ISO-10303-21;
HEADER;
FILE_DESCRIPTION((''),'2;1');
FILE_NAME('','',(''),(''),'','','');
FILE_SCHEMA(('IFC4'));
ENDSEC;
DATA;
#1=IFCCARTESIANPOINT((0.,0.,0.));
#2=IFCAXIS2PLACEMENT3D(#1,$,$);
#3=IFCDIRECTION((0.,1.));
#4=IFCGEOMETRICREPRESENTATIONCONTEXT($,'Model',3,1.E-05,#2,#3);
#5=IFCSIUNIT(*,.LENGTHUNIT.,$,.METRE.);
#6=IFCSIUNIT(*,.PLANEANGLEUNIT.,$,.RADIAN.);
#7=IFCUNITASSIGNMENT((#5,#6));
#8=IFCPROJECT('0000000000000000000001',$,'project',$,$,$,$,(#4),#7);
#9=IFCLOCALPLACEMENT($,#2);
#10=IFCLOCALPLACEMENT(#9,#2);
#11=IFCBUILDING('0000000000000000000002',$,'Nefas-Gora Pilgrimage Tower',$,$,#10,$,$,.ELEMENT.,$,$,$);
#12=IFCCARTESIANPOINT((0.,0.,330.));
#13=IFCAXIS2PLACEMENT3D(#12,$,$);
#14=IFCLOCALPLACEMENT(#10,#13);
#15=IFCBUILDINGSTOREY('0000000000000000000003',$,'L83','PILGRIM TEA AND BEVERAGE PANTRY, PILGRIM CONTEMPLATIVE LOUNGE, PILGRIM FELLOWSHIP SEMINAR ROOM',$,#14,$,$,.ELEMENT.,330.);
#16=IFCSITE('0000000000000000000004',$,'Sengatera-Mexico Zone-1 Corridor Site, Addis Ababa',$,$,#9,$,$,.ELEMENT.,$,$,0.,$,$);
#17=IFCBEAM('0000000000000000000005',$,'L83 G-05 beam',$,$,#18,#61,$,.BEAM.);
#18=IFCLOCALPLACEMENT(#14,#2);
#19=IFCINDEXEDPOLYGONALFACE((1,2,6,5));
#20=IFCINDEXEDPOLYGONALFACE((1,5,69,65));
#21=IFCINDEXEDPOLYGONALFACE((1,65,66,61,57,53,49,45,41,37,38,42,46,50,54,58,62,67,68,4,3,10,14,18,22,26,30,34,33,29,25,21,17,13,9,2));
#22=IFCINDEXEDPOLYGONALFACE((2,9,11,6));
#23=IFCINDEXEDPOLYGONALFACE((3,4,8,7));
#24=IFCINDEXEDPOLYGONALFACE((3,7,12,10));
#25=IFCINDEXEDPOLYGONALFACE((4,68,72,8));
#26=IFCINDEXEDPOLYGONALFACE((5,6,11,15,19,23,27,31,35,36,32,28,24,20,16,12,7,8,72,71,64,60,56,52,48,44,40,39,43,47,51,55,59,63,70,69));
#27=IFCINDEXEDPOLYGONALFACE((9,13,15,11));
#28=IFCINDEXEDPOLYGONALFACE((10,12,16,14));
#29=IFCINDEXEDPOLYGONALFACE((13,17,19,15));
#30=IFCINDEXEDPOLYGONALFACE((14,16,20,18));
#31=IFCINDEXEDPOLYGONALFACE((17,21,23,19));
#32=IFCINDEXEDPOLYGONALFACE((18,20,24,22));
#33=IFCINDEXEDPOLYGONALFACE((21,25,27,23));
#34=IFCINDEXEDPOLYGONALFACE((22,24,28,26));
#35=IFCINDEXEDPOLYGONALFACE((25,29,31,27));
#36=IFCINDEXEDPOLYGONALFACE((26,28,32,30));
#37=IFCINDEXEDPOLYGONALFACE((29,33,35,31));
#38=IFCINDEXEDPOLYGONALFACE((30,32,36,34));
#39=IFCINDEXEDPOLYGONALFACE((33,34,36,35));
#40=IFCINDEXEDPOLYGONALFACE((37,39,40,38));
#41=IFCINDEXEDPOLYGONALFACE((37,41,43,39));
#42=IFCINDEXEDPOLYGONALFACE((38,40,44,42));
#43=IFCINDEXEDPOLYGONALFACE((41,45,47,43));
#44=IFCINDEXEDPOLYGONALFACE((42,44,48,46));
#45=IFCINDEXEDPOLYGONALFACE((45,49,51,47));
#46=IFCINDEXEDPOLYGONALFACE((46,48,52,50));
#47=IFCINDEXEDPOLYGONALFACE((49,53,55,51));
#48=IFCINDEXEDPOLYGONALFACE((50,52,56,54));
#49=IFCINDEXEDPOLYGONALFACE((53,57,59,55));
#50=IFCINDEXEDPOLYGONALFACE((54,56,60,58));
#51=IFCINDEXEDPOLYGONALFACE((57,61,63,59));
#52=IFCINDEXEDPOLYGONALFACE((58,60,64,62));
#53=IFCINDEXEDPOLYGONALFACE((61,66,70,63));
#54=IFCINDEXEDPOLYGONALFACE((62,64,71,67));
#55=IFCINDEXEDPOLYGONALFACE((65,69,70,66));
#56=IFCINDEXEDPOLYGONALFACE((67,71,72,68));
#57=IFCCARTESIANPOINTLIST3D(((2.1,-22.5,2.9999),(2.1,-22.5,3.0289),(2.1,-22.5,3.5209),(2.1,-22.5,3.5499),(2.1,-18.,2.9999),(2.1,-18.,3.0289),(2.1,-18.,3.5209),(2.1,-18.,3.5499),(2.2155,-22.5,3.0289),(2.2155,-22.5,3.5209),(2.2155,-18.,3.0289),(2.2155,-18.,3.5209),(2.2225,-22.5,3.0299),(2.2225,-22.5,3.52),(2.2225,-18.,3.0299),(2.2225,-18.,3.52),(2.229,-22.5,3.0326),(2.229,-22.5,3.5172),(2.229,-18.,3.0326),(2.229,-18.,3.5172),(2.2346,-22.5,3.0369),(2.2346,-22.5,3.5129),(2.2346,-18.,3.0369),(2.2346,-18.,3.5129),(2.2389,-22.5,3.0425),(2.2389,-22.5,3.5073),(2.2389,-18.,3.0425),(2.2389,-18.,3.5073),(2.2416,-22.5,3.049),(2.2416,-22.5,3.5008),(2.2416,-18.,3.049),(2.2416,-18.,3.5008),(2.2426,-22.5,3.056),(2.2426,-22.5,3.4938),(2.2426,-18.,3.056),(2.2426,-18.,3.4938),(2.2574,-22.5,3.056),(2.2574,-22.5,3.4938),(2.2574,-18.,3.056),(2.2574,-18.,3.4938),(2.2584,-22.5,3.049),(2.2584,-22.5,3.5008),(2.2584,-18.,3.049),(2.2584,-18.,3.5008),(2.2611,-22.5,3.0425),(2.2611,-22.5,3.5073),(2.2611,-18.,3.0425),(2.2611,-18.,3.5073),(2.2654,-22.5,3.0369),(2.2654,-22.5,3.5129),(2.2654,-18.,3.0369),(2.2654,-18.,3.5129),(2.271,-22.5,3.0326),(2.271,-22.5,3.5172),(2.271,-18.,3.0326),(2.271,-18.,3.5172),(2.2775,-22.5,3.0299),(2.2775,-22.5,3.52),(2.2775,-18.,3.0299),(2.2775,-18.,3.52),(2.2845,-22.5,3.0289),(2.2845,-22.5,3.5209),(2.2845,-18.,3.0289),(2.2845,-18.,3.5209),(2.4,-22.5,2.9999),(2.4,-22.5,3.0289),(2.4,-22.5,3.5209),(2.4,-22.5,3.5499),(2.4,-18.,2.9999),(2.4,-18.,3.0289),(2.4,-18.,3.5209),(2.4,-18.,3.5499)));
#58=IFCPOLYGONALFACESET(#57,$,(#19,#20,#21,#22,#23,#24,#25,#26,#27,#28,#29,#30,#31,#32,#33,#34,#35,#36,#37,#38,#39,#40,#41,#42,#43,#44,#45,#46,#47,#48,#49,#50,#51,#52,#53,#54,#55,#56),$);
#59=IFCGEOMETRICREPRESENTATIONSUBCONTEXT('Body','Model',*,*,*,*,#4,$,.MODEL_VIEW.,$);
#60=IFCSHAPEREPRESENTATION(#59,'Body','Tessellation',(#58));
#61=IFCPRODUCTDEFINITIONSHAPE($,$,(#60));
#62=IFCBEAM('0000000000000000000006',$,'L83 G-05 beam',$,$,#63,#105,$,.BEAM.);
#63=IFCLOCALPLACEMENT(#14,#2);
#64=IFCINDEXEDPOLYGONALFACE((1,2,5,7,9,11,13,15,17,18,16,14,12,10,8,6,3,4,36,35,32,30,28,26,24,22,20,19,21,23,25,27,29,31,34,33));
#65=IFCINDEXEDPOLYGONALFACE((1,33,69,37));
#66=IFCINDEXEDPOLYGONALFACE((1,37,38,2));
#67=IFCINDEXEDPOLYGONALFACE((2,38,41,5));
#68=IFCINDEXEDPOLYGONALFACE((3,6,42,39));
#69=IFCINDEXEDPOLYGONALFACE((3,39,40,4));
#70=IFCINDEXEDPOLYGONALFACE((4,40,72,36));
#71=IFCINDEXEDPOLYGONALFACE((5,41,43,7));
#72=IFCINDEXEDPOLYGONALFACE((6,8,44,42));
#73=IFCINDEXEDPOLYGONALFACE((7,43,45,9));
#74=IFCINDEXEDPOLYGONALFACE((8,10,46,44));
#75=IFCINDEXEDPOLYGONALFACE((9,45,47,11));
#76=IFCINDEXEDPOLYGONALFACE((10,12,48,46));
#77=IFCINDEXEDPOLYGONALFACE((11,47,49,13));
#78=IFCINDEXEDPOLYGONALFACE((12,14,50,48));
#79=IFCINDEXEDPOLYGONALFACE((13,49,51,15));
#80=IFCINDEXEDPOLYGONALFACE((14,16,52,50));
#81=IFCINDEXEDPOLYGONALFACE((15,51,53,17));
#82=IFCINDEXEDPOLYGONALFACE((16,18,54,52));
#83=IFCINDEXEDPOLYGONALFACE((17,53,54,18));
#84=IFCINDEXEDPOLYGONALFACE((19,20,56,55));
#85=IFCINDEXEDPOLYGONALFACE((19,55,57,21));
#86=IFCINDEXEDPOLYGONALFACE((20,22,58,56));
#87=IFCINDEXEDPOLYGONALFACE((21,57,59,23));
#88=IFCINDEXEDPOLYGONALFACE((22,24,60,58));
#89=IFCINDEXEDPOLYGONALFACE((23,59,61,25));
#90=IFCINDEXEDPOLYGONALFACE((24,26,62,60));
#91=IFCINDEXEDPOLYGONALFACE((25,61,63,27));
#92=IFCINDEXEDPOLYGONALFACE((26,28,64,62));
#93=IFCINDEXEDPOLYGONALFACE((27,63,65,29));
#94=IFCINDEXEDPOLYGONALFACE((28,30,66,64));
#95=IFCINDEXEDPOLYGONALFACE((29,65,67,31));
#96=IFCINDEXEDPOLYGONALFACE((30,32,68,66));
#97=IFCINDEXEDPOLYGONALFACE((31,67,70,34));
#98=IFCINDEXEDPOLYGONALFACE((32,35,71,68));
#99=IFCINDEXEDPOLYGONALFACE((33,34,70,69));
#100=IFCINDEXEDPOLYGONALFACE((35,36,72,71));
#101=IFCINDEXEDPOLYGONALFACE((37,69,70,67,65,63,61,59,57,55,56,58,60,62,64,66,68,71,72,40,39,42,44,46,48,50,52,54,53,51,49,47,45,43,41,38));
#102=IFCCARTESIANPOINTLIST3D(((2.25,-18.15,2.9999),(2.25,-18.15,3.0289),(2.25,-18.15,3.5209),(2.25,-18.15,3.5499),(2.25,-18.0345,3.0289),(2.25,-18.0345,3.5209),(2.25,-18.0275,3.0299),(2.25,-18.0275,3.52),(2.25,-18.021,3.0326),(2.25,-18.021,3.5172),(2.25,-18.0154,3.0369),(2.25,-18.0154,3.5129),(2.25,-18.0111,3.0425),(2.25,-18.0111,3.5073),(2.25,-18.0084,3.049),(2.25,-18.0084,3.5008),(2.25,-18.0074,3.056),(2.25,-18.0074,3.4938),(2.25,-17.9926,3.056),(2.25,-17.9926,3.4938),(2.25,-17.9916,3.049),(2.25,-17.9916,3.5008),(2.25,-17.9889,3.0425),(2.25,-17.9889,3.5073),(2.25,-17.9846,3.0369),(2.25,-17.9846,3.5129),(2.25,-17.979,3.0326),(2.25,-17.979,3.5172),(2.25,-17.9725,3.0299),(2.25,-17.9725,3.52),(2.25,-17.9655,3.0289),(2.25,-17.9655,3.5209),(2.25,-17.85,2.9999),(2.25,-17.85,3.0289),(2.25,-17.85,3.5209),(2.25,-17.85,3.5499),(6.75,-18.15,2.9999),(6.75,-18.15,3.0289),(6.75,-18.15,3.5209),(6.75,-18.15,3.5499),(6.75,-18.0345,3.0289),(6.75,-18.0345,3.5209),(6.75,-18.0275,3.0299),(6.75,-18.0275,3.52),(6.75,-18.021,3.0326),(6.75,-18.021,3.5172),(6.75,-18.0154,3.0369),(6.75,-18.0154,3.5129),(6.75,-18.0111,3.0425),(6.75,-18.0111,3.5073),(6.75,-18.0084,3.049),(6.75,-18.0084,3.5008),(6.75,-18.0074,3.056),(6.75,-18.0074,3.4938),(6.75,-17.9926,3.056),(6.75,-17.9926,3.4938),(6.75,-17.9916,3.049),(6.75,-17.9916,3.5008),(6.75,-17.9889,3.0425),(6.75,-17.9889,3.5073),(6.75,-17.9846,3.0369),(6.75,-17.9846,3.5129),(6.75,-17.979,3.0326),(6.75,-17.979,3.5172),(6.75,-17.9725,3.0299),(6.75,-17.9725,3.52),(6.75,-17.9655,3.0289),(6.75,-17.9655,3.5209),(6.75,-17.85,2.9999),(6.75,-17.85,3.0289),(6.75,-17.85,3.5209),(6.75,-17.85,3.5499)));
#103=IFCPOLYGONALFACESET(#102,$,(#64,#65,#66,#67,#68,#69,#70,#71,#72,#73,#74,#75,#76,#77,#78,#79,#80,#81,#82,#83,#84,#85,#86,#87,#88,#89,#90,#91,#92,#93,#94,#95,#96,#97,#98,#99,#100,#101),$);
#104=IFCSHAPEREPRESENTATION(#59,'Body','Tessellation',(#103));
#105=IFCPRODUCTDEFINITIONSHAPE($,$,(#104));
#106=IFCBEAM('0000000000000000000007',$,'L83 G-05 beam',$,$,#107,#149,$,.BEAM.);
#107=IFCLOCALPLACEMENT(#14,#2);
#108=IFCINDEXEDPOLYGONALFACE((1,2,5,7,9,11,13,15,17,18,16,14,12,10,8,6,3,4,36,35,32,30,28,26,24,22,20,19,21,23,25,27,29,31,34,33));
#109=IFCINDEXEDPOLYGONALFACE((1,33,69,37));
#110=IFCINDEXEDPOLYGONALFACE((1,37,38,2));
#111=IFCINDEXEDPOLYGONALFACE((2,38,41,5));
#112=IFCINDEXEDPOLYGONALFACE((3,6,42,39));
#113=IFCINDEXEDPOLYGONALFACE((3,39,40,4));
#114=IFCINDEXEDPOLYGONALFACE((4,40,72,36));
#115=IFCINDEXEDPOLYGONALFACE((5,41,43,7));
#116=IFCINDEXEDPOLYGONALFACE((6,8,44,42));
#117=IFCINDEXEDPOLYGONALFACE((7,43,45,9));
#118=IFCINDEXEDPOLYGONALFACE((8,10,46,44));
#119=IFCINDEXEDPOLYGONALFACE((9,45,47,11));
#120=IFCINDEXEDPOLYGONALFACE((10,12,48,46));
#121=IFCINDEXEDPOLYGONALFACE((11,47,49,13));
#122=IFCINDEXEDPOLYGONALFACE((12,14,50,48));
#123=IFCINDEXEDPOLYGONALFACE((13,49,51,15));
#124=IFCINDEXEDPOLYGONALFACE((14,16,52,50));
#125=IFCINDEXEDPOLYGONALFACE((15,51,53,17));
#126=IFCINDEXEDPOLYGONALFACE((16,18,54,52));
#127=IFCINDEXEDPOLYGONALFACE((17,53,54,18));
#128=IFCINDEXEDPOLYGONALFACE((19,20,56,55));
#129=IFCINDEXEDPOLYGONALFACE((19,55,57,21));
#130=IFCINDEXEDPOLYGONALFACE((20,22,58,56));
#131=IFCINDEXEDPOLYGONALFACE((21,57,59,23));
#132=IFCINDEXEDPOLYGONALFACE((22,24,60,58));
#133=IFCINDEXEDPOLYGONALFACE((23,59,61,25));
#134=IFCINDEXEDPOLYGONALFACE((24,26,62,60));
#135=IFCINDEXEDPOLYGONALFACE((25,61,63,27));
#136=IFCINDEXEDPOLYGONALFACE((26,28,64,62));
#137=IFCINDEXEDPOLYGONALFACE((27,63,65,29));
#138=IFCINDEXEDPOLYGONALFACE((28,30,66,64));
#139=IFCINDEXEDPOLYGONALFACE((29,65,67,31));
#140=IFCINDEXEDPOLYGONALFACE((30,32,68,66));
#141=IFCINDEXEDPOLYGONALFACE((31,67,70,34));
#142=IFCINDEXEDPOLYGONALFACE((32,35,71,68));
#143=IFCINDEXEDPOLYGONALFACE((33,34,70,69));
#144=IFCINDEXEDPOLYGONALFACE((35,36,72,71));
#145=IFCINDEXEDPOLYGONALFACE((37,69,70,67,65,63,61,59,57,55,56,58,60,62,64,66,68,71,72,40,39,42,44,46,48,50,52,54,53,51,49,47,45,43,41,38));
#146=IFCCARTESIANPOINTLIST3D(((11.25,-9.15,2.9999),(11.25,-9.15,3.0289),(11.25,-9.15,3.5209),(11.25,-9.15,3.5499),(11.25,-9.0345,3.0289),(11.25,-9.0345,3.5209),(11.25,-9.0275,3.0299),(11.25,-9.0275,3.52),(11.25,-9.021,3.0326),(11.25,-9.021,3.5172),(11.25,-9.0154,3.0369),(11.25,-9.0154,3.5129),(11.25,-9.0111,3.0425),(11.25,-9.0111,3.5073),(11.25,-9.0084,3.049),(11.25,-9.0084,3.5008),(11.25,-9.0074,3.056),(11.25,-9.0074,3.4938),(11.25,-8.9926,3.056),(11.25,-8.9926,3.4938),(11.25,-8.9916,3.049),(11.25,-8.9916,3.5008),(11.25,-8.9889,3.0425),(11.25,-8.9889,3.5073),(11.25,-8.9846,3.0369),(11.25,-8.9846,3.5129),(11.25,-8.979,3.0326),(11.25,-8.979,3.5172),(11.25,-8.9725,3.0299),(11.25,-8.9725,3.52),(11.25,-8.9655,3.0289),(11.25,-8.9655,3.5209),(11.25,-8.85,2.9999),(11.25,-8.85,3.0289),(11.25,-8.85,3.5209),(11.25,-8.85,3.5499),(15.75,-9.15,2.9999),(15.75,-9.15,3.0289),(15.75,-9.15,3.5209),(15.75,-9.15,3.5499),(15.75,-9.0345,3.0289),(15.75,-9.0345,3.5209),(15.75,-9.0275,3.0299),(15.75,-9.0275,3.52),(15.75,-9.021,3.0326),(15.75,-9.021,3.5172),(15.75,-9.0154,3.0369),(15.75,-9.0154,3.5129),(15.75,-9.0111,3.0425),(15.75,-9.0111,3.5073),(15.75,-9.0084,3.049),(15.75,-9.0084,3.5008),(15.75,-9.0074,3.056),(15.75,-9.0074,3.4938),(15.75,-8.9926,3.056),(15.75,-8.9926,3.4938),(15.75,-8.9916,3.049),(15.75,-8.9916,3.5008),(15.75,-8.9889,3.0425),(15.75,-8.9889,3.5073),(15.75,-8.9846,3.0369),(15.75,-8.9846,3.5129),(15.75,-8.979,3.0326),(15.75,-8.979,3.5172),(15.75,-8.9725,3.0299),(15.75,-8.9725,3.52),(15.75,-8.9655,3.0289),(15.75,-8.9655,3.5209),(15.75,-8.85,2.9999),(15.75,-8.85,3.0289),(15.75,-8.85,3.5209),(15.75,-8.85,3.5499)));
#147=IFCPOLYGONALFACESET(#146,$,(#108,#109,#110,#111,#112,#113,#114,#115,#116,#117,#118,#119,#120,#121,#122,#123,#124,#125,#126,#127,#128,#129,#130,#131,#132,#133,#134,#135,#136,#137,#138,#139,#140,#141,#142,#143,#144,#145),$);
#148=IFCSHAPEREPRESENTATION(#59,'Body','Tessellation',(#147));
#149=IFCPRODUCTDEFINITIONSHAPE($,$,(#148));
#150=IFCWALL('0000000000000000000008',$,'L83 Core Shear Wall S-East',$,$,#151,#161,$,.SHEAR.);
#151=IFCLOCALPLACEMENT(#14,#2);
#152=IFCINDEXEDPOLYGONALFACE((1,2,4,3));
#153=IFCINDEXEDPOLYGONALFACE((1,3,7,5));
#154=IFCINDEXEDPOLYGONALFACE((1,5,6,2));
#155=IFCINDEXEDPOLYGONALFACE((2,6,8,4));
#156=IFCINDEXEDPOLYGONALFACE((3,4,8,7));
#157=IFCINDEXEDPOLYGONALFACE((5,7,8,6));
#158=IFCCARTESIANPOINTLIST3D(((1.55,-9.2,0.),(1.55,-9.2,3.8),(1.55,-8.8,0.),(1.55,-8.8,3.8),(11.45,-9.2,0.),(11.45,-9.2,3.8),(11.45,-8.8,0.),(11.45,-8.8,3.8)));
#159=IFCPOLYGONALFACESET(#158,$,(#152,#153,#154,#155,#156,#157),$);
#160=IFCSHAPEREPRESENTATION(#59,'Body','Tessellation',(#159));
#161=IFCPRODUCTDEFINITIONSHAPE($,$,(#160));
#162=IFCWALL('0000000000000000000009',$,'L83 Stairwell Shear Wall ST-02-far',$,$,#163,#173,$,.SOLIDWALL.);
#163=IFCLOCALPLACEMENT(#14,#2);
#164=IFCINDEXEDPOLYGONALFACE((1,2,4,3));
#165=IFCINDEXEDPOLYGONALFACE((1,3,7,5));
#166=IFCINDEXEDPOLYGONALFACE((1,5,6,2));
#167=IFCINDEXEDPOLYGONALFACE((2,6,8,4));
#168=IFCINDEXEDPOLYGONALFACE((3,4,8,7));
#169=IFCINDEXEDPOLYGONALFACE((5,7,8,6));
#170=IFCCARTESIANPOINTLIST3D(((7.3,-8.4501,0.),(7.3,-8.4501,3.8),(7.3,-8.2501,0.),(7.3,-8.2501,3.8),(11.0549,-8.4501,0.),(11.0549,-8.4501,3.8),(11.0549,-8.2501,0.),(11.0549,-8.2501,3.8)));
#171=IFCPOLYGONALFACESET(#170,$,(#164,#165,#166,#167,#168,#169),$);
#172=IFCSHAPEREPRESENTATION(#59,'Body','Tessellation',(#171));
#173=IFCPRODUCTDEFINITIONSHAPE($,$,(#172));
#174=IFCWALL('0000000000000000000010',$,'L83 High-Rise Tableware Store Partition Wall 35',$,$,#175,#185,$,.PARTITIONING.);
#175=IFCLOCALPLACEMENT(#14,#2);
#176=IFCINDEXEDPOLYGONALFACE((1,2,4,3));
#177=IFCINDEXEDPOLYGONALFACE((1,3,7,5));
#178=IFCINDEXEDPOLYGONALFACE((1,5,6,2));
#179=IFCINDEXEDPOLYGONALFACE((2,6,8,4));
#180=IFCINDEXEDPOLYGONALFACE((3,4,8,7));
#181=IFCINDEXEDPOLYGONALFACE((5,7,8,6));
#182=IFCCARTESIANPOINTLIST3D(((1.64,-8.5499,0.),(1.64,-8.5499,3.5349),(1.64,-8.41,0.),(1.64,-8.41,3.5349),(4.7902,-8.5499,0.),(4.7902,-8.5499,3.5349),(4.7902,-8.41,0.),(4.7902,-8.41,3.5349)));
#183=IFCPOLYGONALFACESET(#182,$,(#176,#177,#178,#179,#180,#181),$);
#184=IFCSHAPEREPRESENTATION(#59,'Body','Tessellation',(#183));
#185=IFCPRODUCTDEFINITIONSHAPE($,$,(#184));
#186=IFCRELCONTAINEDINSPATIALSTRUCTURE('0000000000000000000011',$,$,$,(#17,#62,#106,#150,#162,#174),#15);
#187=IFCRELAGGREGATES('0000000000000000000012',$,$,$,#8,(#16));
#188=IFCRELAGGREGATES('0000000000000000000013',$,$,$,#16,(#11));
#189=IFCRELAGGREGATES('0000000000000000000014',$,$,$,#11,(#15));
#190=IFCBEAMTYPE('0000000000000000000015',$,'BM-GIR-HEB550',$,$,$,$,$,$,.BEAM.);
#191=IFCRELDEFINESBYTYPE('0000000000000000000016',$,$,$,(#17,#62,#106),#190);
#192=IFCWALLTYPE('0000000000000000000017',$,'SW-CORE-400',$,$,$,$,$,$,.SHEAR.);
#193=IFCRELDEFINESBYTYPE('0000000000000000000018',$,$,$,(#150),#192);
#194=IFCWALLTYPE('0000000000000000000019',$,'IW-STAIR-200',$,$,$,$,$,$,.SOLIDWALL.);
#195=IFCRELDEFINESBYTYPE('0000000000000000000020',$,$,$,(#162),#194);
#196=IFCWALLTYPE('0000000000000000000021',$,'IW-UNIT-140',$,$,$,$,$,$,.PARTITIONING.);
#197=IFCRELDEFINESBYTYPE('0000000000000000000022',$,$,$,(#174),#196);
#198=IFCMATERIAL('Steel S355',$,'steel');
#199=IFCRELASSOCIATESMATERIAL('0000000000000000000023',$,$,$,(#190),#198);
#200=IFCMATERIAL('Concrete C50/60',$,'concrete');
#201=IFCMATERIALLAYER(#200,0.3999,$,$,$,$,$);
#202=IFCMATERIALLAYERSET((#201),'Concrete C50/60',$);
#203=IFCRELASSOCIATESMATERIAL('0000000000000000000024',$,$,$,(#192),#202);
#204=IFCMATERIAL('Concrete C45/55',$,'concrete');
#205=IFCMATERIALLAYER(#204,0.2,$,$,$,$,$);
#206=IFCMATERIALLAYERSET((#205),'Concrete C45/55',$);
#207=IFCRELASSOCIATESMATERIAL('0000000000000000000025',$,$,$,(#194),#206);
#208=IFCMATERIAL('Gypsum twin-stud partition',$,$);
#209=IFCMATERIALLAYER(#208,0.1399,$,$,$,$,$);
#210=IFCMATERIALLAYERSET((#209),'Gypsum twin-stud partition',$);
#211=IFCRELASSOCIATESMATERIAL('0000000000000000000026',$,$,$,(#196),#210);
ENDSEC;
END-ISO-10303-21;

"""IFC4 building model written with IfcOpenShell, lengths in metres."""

from ifc_helpers import new_model, si_unit, direction, frame, frame_2d, origin, origin_2d, place, context, subcontext, project, spatial, rectangle, i_section, extrude, source, transform, mapped, material, layer, layer_set, material_profile, profile_set, type_object, element, save


model = new_model("IFC4")

# Units and contexts
model_context = context("Model", 3, precision=1e-05, world=origin(), true_north=direction((0.0, 1.0)))
body_context = subcontext(model_context, "Body", "Model", "MODEL_VIEW")
ifc_project = project(units=[si_unit("LENGTHUNIT", "METRE"), si_unit("PLANEANGLEUNIT", "RADIAN")], contexts=[model_context])

# Site, building, storey
site_placement = place(None, origin())
site = spatial("IfcSite", under=ifc_project, at=site_placement, Name="Sengatera-Mexico Zone-1 Corridor Site, Addis Ababa", CompositionType="ELEMENT", RefElevation=0.0)
building_placement = place(site_placement, origin())
building = spatial("IfcBuilding", under=site, at=building_placement, Name="Nefas-Gora Pilgrimage Tower", CompositionType="ELEMENT")
storey_placement = place(building_placement, frame((0.0, 0.0, 330.0)))
storey = spatial("IfcBuildingStorey", under=building, at=storey_placement, Name="L83", Description="PILGRIM TEA AND BEVERAGE PANTRY, PILGRIM CONTEMPLATIVE LOUNGE, PILGRIM FELLOWSHIP SEMINAR ROOM", CompositionType="ELEMENT", Elevation=330.0)

# Shared definitions
ifc_material_1 = material(Name="Steel S355", Category="steel")
ifc_material_2 = material(Name="Concrete C50/60", Category="concrete")

# Beams
ifc_material_profile_1 = material_profile(ifc_material_1, i_section(OverallWidth=0.3, OverallDepth=0.55, WebThickness=0.0149, FlangeThickness=0.0291, FilletRadius=0.0271, at=origin_2d()), Name="HEB 550")
ifc_profile_set_1 = profile_set([ifc_material_profile_1], Name="Steel S355")
beam_type_1 = type_object("IfcBeamType", Name="BM-GIR-HEB550", PredefinedType="BEAM", material=ifc_profile_set_1)
shared_shape_1 = source(origin(), body_context, "Body", "SweptSolid", [
    extrude(i_section(OverallWidth=0.3, OverallDepth=0.55, WebThickness=0.0149, FlangeThickness=0.0291, FilletRadius=0.0271, at=origin_2d()), origin(), (0.0, 0.0, 1.0), 4.5),
])
for number, where, z_axis, x_axis, name in (
    (1, (2.25, -22.5, 3.2749), (0.0, 1.0, 0.0), (-1.0, 0.0, 0.0), "L83 G-05 beam"),
    (2, (2.25, -18.0, 3.2749), (1.0, 0.0, 0.0), (0.0, 1.0, 0.0), "L83 G-05 beam"),
    (3, (11.25, -9.0, 3.2749), (1.0, 0.0, 0.0), (0.0, 1.0, 0.0), "L83 G-05 beam"),
):
    element("IfcBeam", number, at=place(storey_placement, frame(where, z_axis=z_axis, x_axis=x_axis)), inside=storey, type_object=beam_type_1, Name=name, PredefinedType="BEAM", context=body_context, shape_type="MappedRepresentation", body=[
        mapped(shared_shape_1, transform((0.0, 0.0, 0.0), x_axis=(1.0, 0.0, 0.0), y_axis=(0.0, 1.0, 0.0), z_axis=(0.0, 0.0, 1.0), scale=1.0)),
    ])

# Walls
ifc_layer_1 = layer(ifc_material_2, 0.3999)
ifc_layer_set_1 = layer_set([ifc_layer_1], Name="Concrete C50/60")
wall_type_1 = type_object("IfcWallType", Name="SW-CORE-400", PredefinedType="SHEAR", material=ifc_layer_set_1)
shared_shape_2 = source(origin(), body_context, "Body", "SweptSolid", [
    extrude(rectangle(XDim=9.8999, YDim=0.3999, at=frame_2d((4.95, 0.0))), origin(), (0.0, 0.0, 1.0), 3.8),
])
wall_1_placement = place(storey_placement, frame((1.55, -9.0, 0.0), z_axis=(0.0, 0.0, 1.0), x_axis=(1.0, 0.0, 0.0)))
element("IfcWall", 4, at=wall_1_placement, inside=storey, type_object=wall_type_1, Name="L83 Core Shear Wall S-East", PredefinedType="SHEAR", context=body_context, shape_type="MappedRepresentation", body=[
    mapped(shared_shape_2, transform((0.0, 0.0, 0.0), x_axis=(1.0, 0.0, 0.0), y_axis=(0.0, 1.0, 0.0), z_axis=(0.0, 0.0, 1.0), scale=1.0)),
])
ifc_material_3 = material(Name="Concrete C45/55", Category="concrete")
ifc_layer_2 = layer(ifc_material_3, 0.2)
ifc_layer_set_2 = layer_set([ifc_layer_2], Name="Concrete C45/55")
wall_type_2 = type_object("IfcWallType", Name="IW-STAIR-200", PredefinedType="SOLIDWALL", material=ifc_layer_set_2)
shared_shape_3 = source(origin(), body_context, "Body", "SweptSolid", [
    extrude(rectangle(XDim=3.7549, YDim=0.2, at=frame_2d((1.8774, 0.0))), origin(), (0.0, 0.0, 1.0), 3.8),
])
wall_2_placement = place(storey_placement, frame((7.3, -8.3501, 0.0), z_axis=(0.0, 0.0, 1.0), x_axis=(1.0, 0.0, 0.0)))
element("IfcWall", 5, at=wall_2_placement, inside=storey, type_object=wall_type_2, Name="L83 Stairwell Shear Wall ST-02-far", PredefinedType="SOLIDWALL", context=body_context, shape_type="MappedRepresentation", body=[
    mapped(shared_shape_3, transform((0.0, 0.0, 0.0), x_axis=(1.0, 0.0, 0.0), y_axis=(0.0, 1.0, 0.0), z_axis=(0.0, 0.0, 1.0), scale=1.0)),
])
ifc_material_4 = material(Name="Gypsum twin-stud partition")
ifc_layer_3 = layer(ifc_material_4, 0.1399)
ifc_layer_set_3 = layer_set([ifc_layer_3], Name="Gypsum twin-stud partition")
wall_type_3 = type_object("IfcWallType", Name="IW-UNIT-140", PredefinedType="PARTITIONING", material=ifc_layer_set_3)
shared_shape_4 = source(origin(), body_context, "Body", "SweptSolid", [
    extrude(rectangle(XDim=3.1501, YDim=0.1399, at=frame_2d((1.5752, 0.0))), origin(), (0.0, 0.0, 1.0), 3.5349),
])
wall_3_placement = place(storey_placement, frame((1.6399, -8.48, 0.0), z_axis=(0.0, 0.0, 1.0), x_axis=(1.0, 0.0, 0.0)))
element("IfcWall", 6, at=wall_3_placement, inside=storey, type_object=wall_type_3, Name="L83 High-Rise Tableware Store Partition Wall 35", PredefinedType="PARTITIONING", context=body_context, shape_type="MappedRepresentation", body=[
    mapped(shared_shape_4, transform((0.0, 0.0, 0.0), x_axis=(1.0, 0.0, 0.0), y_axis=(0.0, 1.0, 0.0), z_axis=(0.0, 0.0, 1.0), scale=1.0)),
])

save(model, "model.ifc")
